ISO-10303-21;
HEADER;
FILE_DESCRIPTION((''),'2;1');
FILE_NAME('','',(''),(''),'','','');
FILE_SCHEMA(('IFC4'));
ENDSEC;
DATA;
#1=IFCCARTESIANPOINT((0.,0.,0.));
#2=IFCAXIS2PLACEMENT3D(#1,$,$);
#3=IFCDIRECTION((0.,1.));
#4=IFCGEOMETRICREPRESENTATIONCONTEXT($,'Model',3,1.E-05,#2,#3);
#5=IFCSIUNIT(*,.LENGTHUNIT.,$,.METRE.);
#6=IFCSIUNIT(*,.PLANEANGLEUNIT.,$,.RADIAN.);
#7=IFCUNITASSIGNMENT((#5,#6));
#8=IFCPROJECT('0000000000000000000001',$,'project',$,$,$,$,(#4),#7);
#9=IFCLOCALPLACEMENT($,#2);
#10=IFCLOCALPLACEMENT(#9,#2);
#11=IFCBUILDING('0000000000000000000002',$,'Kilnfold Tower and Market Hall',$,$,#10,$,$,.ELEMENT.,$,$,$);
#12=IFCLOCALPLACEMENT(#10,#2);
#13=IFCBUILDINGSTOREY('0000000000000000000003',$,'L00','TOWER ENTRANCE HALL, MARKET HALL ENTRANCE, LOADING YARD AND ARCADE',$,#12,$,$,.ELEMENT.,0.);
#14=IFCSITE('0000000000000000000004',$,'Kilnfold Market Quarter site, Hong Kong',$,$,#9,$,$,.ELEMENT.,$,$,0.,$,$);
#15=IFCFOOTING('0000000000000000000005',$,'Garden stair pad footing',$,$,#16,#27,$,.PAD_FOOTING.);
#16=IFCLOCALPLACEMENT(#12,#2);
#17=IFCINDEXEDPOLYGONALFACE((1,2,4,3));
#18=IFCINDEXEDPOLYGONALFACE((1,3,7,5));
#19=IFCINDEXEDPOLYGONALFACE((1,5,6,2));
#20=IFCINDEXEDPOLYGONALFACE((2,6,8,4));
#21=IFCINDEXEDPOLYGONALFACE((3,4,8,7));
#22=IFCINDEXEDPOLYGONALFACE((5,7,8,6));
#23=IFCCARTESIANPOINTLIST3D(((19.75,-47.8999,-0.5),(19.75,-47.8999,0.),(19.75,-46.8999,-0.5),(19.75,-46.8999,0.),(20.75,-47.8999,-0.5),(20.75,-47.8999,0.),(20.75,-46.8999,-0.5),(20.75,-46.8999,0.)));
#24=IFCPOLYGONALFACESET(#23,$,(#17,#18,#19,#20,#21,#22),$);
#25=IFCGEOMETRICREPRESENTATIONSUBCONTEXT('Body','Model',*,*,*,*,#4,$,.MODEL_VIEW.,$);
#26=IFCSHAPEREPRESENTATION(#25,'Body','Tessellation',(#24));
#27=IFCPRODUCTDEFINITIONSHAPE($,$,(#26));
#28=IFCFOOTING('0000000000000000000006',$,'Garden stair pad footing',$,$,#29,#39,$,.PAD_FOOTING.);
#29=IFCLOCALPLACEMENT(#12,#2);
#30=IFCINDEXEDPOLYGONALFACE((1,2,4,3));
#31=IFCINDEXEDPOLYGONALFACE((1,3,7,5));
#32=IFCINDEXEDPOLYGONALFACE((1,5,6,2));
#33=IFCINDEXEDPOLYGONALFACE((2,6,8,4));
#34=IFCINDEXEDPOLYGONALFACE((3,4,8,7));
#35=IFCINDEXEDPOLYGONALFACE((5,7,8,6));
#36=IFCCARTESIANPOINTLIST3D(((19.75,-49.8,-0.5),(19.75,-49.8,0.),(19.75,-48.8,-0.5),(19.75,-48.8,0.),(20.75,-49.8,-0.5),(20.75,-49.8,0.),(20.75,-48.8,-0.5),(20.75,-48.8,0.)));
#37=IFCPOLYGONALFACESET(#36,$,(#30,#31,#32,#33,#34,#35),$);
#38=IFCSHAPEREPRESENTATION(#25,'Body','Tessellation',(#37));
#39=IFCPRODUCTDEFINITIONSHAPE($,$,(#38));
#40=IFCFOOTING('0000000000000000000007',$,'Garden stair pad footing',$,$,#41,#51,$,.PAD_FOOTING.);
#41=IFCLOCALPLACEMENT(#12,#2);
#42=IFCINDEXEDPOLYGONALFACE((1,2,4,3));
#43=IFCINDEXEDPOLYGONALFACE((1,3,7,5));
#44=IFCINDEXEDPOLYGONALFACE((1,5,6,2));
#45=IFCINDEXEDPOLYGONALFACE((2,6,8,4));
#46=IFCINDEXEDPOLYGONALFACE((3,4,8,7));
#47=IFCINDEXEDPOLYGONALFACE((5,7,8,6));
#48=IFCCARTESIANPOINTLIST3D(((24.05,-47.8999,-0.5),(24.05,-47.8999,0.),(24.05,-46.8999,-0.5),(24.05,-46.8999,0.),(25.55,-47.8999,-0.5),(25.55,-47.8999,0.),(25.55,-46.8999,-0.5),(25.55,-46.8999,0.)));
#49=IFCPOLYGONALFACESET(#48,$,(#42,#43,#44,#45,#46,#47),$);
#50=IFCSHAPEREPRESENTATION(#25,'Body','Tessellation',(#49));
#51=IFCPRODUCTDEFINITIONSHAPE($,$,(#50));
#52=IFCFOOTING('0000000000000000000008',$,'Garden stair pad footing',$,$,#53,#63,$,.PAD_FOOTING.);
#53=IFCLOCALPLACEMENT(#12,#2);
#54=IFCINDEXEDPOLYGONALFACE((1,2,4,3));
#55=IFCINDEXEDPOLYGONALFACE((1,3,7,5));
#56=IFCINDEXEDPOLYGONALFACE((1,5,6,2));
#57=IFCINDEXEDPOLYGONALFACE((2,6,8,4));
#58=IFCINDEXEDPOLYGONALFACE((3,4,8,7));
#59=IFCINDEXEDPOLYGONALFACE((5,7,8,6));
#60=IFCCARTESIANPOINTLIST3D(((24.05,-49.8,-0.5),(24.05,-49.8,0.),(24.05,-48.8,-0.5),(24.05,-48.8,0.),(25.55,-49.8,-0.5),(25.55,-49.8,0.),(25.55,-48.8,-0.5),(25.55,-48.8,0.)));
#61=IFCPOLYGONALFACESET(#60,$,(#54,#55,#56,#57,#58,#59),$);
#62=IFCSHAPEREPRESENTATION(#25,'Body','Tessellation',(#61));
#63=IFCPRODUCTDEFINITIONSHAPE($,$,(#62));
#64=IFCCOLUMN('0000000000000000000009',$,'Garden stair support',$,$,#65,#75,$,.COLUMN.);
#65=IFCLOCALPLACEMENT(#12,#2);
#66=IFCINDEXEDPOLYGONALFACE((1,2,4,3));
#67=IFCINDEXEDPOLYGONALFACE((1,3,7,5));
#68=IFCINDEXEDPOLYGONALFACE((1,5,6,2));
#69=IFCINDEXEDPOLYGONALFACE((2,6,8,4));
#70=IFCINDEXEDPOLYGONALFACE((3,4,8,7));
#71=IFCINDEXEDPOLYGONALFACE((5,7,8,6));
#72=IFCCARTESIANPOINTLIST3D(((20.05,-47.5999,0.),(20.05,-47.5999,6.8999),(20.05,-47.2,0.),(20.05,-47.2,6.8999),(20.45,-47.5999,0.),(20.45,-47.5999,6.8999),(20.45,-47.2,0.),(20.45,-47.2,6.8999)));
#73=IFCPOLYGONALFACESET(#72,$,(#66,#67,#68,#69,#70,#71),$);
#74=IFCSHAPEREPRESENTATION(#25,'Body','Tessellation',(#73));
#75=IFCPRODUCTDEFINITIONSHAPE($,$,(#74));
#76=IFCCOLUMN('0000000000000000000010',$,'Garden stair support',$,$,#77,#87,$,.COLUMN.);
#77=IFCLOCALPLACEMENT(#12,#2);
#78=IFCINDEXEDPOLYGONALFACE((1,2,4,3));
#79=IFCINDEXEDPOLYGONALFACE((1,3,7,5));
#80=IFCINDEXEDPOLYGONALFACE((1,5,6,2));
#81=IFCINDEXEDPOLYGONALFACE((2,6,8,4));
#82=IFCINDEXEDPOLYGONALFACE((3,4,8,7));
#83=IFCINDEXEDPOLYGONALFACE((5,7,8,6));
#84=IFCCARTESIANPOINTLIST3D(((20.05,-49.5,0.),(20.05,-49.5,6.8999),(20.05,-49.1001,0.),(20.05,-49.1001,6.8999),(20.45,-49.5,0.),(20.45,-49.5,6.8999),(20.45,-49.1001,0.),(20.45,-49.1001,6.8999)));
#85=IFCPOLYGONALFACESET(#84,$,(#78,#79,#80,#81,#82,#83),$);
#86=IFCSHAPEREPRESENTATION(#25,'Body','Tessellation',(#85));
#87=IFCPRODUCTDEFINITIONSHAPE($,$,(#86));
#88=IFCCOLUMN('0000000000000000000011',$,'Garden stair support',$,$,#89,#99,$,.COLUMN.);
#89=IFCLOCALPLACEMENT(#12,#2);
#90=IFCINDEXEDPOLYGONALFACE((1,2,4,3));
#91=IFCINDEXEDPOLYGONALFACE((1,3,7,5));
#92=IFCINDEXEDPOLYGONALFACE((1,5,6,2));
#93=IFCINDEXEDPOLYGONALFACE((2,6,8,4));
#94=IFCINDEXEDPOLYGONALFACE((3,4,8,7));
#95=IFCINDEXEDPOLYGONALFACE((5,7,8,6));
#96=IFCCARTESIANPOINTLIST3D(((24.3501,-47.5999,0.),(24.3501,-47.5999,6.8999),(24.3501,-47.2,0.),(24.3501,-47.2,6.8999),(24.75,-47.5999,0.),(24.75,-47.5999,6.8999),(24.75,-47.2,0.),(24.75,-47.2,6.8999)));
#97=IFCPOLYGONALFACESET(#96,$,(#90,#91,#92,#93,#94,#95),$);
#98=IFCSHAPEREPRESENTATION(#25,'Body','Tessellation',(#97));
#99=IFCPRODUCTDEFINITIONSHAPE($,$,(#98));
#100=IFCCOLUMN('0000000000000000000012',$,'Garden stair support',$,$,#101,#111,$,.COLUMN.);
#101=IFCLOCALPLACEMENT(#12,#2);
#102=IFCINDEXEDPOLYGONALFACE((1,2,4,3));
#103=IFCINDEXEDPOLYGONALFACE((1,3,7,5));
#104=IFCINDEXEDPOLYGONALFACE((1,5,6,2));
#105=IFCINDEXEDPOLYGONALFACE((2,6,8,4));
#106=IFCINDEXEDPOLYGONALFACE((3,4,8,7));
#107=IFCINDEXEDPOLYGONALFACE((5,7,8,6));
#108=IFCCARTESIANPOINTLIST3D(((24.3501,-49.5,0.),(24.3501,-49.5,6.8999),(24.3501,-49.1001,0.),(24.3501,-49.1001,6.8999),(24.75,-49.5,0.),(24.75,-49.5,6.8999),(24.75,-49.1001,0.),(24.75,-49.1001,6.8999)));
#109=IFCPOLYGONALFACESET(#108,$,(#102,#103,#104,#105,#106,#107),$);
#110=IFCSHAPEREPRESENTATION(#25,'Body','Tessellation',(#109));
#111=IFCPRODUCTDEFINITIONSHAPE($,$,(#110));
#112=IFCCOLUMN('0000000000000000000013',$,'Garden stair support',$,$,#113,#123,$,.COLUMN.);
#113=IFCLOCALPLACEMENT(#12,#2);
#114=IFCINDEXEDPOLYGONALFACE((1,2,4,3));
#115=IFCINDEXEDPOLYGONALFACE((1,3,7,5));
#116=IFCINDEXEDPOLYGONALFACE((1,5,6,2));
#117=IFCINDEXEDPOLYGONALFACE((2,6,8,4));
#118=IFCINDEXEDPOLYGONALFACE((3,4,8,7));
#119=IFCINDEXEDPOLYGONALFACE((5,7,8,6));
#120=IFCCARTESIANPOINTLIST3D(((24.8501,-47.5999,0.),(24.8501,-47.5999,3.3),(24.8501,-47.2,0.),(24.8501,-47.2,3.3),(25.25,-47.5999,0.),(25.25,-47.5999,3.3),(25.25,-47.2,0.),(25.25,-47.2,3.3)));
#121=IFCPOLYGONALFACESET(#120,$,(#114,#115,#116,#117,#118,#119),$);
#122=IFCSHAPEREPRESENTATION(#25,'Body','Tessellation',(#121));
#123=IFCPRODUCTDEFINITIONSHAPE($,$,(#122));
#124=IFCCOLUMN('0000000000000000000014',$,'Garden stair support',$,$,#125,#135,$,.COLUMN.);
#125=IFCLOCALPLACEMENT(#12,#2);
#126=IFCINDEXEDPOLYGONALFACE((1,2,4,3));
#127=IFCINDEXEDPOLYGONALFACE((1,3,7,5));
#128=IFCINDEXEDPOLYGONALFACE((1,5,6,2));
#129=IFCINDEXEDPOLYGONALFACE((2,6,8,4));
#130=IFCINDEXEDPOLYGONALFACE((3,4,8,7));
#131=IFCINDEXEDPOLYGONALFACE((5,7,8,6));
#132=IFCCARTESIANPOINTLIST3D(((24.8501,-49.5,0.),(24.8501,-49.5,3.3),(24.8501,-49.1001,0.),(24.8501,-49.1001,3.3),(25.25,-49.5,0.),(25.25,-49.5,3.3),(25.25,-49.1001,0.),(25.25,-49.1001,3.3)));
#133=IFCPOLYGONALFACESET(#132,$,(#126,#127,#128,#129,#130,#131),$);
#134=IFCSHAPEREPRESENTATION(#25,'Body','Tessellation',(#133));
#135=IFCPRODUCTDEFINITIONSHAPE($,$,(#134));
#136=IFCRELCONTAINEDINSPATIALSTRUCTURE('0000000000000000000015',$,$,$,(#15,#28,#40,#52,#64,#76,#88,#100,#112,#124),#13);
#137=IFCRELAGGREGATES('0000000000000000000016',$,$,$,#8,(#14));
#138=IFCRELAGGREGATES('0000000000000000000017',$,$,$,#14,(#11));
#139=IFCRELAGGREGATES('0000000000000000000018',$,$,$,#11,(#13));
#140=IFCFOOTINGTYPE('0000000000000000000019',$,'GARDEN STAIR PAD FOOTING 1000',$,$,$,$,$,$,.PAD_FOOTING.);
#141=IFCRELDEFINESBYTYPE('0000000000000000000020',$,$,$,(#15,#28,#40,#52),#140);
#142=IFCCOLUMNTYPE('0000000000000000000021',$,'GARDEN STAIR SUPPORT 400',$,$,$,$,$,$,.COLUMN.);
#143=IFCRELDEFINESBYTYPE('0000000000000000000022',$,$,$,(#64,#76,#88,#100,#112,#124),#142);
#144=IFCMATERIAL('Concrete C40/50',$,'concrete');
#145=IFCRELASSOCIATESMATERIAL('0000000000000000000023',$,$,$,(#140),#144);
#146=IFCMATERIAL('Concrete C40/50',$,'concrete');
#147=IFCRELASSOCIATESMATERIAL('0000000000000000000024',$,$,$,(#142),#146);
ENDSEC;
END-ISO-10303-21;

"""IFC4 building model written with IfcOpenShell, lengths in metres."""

from ifc_helpers import new_model, si_unit, direction, frame, origin, origin_2d, place, context, subcontext, project, spatial, rectangle, extrude, source, transform, mapped, material, material_profile, profile_set, type_object, element, save


model = new_model("IFC4")

# Units and contexts
model_context = context("Model", 3, precision=1e-05, world=origin(), true_north=direction((0.0, 1.0)))
body_context = subcontext(model_context, "Body", "Model", "MODEL_VIEW")
ifc_project = project(units=[si_unit("LENGTHUNIT", "METRE"), si_unit("PLANEANGLEUNIT", "RADIAN")], contexts=[model_context])

# Site, building, storey
site_placement = place(None, origin())
site = spatial("IfcSite", under=ifc_project, at=site_placement, Name="Kilnfold Market Quarter site, Hong Kong", CompositionType="ELEMENT", RefElevation=0.0)
building_placement = place(site_placement, origin())
building = spatial("IfcBuilding", under=site, at=building_placement, Name="Kilnfold Tower and Market Hall", CompositionType="ELEMENT")
storey_placement = place(building_placement, origin())
storey = spatial("IfcBuildingStorey", under=building, at=storey_placement, Name="L00", Description="TOWER ENTRANCE HALL, MARKET HALL ENTRANCE, LOADING YARD AND ARCADE", CompositionType="ELEMENT", Elevation=0.0)

# Footings
ifc_material_1 = material(Name="Concrete C40/50", Category="concrete")
footing_type = type_object("IfcFootingType", Name="GARDEN STAIR PAD FOOTING 1000", PredefinedType="PAD_FOOTING", material=ifc_material_1)
shared_shape_1 = source(origin(), body_context, "Body", "SweptSolid", [
    extrude(rectangle(XDim=1.0, YDim=1.0, at=origin_2d()), origin(), (0.0, 0.0, 1.0), 0.5),
])
for number, where, z_axis, x_axis, name in (
    (1, (20.25, -47.3999, -0.5), (0.0, 0.0, 1.0), (1.0, 0.0, 0.0), "Garden stair pad footing"),
    (2, (20.25, -49.3, -0.5), (0.0, 0.0, 1.0), (1.0, 0.0, 0.0), "Garden stair pad footing"),
):
    element("IfcFooting", number, at=place(storey_placement, frame(where, z_axis=z_axis, x_axis=x_axis)), inside=storey, type_object=footing_type, Name=name, PredefinedType="PAD_FOOTING", context=body_context, shape_type="MappedRepresentation", body=[
        mapped(shared_shape_1, transform((0.0, 0.0, 0.0))),
    ])
shared_shape_2 = source(origin(), body_context, "Body", "SweptSolid", [
    extrude(rectangle(XDim=1.5, YDim=1.0, at=origin_2d()), origin(), (0.0, 0.0, 1.0), 0.5),
])
for number, where, z_axis, x_axis, name in (
    (3, (24.8, -47.3999, -0.5), (0.0, 0.0, 1.0), (1.0, 0.0, 0.0), "Garden stair pad footing"),
    (4, (24.8, -49.3, -0.5), (0.0, 0.0, 1.0), (1.0, 0.0, 0.0), "Garden stair pad footing"),
):
    element("IfcFooting", number, at=place(storey_placement, frame(where, z_axis=z_axis, x_axis=x_axis)), inside=storey, type_object=footing_type, Name=name, PredefinedType="PAD_FOOTING", context=body_context, shape_type="MappedRepresentation", body=[
        mapped(shared_shape_2, transform((0.0, 0.0, 0.0))),
    ])

# Columns
ifc_material_2 = material(Name="Concrete C40/50", Category="concrete")
ifc_material_profile = material_profile(ifc_material_2, rectangle(XDim=0.3999, YDim=0.3999, at=origin_2d()), Name="RC 400x400")
ifc_profile_set = profile_set([ifc_material_profile], Name="Concrete C40/50")
column_type = type_object("IfcColumnType", Name="GARDEN STAIR SUPPORT 400", PredefinedType="COLUMN", material=ifc_profile_set)
shared_shape_3 = source(origin(), body_context, "Body", "SweptSolid", [
    extrude(rectangle(XDim=0.3999, YDim=0.3999, at=origin_2d()), origin(), (0.0, 0.0, 1.0), 6.8999),
])
for number, where, z_axis, x_axis, name in (
    (5, (20.25, -47.3999, 0.0), (0.0, 0.0, 1.0), (1.0, 0.0, 0.0), "Garden stair support"),
    (6, (20.25, -49.3, 0.0), (0.0, 0.0, 1.0), (1.0, 0.0, 0.0), "Garden stair support"),
    (7, (24.55, -47.3999, 0.0), (0.0, 0.0, 1.0), (1.0, 0.0, 0.0), "Garden stair support"),
    (8, (24.55, -49.3, 0.0), (0.0, 0.0, 1.0), (1.0, 0.0, 0.0), "Garden stair support"),
):
    element("IfcColumn", number, at=place(storey_placement, frame(where, z_axis=z_axis, x_axis=x_axis)), inside=storey, type_object=column_type, Name=name, PredefinedType="COLUMN", context=body_context, shape_type="MappedRepresentation", body=[
        mapped(shared_shape_3, transform((0.0, 0.0, 0.0))),
    ])
shared_shape_4 = source(origin(), body_context, "Body", "SweptSolid", [
    extrude(rectangle(XDim=0.3999, YDim=0.3999, at=origin_2d()), origin(), (0.0, 0.0, 1.0), 3.3),
])
for number, where, z_axis, x_axis, name in (
    (9, (25.05, -47.3999, 0.0), (0.0, 0.0, 1.0), (1.0, 0.0, 0.0), "Garden stair support"),
    (10, (25.05, -49.3, 0.0), (0.0, 0.0, 1.0), (1.0, 0.0, 0.0), "Garden stair support"),
):
    element("IfcColumn", number, at=place(storey_placement, frame(where, z_axis=z_axis, x_axis=x_axis)), inside=storey, type_object=column_type, Name=name, PredefinedType="COLUMN", context=body_context, shape_type="MappedRepresentation", body=[
        mapped(shared_shape_4, transform((0.0, 0.0, 0.0))),
    ])

save(model, "model.ifc")
